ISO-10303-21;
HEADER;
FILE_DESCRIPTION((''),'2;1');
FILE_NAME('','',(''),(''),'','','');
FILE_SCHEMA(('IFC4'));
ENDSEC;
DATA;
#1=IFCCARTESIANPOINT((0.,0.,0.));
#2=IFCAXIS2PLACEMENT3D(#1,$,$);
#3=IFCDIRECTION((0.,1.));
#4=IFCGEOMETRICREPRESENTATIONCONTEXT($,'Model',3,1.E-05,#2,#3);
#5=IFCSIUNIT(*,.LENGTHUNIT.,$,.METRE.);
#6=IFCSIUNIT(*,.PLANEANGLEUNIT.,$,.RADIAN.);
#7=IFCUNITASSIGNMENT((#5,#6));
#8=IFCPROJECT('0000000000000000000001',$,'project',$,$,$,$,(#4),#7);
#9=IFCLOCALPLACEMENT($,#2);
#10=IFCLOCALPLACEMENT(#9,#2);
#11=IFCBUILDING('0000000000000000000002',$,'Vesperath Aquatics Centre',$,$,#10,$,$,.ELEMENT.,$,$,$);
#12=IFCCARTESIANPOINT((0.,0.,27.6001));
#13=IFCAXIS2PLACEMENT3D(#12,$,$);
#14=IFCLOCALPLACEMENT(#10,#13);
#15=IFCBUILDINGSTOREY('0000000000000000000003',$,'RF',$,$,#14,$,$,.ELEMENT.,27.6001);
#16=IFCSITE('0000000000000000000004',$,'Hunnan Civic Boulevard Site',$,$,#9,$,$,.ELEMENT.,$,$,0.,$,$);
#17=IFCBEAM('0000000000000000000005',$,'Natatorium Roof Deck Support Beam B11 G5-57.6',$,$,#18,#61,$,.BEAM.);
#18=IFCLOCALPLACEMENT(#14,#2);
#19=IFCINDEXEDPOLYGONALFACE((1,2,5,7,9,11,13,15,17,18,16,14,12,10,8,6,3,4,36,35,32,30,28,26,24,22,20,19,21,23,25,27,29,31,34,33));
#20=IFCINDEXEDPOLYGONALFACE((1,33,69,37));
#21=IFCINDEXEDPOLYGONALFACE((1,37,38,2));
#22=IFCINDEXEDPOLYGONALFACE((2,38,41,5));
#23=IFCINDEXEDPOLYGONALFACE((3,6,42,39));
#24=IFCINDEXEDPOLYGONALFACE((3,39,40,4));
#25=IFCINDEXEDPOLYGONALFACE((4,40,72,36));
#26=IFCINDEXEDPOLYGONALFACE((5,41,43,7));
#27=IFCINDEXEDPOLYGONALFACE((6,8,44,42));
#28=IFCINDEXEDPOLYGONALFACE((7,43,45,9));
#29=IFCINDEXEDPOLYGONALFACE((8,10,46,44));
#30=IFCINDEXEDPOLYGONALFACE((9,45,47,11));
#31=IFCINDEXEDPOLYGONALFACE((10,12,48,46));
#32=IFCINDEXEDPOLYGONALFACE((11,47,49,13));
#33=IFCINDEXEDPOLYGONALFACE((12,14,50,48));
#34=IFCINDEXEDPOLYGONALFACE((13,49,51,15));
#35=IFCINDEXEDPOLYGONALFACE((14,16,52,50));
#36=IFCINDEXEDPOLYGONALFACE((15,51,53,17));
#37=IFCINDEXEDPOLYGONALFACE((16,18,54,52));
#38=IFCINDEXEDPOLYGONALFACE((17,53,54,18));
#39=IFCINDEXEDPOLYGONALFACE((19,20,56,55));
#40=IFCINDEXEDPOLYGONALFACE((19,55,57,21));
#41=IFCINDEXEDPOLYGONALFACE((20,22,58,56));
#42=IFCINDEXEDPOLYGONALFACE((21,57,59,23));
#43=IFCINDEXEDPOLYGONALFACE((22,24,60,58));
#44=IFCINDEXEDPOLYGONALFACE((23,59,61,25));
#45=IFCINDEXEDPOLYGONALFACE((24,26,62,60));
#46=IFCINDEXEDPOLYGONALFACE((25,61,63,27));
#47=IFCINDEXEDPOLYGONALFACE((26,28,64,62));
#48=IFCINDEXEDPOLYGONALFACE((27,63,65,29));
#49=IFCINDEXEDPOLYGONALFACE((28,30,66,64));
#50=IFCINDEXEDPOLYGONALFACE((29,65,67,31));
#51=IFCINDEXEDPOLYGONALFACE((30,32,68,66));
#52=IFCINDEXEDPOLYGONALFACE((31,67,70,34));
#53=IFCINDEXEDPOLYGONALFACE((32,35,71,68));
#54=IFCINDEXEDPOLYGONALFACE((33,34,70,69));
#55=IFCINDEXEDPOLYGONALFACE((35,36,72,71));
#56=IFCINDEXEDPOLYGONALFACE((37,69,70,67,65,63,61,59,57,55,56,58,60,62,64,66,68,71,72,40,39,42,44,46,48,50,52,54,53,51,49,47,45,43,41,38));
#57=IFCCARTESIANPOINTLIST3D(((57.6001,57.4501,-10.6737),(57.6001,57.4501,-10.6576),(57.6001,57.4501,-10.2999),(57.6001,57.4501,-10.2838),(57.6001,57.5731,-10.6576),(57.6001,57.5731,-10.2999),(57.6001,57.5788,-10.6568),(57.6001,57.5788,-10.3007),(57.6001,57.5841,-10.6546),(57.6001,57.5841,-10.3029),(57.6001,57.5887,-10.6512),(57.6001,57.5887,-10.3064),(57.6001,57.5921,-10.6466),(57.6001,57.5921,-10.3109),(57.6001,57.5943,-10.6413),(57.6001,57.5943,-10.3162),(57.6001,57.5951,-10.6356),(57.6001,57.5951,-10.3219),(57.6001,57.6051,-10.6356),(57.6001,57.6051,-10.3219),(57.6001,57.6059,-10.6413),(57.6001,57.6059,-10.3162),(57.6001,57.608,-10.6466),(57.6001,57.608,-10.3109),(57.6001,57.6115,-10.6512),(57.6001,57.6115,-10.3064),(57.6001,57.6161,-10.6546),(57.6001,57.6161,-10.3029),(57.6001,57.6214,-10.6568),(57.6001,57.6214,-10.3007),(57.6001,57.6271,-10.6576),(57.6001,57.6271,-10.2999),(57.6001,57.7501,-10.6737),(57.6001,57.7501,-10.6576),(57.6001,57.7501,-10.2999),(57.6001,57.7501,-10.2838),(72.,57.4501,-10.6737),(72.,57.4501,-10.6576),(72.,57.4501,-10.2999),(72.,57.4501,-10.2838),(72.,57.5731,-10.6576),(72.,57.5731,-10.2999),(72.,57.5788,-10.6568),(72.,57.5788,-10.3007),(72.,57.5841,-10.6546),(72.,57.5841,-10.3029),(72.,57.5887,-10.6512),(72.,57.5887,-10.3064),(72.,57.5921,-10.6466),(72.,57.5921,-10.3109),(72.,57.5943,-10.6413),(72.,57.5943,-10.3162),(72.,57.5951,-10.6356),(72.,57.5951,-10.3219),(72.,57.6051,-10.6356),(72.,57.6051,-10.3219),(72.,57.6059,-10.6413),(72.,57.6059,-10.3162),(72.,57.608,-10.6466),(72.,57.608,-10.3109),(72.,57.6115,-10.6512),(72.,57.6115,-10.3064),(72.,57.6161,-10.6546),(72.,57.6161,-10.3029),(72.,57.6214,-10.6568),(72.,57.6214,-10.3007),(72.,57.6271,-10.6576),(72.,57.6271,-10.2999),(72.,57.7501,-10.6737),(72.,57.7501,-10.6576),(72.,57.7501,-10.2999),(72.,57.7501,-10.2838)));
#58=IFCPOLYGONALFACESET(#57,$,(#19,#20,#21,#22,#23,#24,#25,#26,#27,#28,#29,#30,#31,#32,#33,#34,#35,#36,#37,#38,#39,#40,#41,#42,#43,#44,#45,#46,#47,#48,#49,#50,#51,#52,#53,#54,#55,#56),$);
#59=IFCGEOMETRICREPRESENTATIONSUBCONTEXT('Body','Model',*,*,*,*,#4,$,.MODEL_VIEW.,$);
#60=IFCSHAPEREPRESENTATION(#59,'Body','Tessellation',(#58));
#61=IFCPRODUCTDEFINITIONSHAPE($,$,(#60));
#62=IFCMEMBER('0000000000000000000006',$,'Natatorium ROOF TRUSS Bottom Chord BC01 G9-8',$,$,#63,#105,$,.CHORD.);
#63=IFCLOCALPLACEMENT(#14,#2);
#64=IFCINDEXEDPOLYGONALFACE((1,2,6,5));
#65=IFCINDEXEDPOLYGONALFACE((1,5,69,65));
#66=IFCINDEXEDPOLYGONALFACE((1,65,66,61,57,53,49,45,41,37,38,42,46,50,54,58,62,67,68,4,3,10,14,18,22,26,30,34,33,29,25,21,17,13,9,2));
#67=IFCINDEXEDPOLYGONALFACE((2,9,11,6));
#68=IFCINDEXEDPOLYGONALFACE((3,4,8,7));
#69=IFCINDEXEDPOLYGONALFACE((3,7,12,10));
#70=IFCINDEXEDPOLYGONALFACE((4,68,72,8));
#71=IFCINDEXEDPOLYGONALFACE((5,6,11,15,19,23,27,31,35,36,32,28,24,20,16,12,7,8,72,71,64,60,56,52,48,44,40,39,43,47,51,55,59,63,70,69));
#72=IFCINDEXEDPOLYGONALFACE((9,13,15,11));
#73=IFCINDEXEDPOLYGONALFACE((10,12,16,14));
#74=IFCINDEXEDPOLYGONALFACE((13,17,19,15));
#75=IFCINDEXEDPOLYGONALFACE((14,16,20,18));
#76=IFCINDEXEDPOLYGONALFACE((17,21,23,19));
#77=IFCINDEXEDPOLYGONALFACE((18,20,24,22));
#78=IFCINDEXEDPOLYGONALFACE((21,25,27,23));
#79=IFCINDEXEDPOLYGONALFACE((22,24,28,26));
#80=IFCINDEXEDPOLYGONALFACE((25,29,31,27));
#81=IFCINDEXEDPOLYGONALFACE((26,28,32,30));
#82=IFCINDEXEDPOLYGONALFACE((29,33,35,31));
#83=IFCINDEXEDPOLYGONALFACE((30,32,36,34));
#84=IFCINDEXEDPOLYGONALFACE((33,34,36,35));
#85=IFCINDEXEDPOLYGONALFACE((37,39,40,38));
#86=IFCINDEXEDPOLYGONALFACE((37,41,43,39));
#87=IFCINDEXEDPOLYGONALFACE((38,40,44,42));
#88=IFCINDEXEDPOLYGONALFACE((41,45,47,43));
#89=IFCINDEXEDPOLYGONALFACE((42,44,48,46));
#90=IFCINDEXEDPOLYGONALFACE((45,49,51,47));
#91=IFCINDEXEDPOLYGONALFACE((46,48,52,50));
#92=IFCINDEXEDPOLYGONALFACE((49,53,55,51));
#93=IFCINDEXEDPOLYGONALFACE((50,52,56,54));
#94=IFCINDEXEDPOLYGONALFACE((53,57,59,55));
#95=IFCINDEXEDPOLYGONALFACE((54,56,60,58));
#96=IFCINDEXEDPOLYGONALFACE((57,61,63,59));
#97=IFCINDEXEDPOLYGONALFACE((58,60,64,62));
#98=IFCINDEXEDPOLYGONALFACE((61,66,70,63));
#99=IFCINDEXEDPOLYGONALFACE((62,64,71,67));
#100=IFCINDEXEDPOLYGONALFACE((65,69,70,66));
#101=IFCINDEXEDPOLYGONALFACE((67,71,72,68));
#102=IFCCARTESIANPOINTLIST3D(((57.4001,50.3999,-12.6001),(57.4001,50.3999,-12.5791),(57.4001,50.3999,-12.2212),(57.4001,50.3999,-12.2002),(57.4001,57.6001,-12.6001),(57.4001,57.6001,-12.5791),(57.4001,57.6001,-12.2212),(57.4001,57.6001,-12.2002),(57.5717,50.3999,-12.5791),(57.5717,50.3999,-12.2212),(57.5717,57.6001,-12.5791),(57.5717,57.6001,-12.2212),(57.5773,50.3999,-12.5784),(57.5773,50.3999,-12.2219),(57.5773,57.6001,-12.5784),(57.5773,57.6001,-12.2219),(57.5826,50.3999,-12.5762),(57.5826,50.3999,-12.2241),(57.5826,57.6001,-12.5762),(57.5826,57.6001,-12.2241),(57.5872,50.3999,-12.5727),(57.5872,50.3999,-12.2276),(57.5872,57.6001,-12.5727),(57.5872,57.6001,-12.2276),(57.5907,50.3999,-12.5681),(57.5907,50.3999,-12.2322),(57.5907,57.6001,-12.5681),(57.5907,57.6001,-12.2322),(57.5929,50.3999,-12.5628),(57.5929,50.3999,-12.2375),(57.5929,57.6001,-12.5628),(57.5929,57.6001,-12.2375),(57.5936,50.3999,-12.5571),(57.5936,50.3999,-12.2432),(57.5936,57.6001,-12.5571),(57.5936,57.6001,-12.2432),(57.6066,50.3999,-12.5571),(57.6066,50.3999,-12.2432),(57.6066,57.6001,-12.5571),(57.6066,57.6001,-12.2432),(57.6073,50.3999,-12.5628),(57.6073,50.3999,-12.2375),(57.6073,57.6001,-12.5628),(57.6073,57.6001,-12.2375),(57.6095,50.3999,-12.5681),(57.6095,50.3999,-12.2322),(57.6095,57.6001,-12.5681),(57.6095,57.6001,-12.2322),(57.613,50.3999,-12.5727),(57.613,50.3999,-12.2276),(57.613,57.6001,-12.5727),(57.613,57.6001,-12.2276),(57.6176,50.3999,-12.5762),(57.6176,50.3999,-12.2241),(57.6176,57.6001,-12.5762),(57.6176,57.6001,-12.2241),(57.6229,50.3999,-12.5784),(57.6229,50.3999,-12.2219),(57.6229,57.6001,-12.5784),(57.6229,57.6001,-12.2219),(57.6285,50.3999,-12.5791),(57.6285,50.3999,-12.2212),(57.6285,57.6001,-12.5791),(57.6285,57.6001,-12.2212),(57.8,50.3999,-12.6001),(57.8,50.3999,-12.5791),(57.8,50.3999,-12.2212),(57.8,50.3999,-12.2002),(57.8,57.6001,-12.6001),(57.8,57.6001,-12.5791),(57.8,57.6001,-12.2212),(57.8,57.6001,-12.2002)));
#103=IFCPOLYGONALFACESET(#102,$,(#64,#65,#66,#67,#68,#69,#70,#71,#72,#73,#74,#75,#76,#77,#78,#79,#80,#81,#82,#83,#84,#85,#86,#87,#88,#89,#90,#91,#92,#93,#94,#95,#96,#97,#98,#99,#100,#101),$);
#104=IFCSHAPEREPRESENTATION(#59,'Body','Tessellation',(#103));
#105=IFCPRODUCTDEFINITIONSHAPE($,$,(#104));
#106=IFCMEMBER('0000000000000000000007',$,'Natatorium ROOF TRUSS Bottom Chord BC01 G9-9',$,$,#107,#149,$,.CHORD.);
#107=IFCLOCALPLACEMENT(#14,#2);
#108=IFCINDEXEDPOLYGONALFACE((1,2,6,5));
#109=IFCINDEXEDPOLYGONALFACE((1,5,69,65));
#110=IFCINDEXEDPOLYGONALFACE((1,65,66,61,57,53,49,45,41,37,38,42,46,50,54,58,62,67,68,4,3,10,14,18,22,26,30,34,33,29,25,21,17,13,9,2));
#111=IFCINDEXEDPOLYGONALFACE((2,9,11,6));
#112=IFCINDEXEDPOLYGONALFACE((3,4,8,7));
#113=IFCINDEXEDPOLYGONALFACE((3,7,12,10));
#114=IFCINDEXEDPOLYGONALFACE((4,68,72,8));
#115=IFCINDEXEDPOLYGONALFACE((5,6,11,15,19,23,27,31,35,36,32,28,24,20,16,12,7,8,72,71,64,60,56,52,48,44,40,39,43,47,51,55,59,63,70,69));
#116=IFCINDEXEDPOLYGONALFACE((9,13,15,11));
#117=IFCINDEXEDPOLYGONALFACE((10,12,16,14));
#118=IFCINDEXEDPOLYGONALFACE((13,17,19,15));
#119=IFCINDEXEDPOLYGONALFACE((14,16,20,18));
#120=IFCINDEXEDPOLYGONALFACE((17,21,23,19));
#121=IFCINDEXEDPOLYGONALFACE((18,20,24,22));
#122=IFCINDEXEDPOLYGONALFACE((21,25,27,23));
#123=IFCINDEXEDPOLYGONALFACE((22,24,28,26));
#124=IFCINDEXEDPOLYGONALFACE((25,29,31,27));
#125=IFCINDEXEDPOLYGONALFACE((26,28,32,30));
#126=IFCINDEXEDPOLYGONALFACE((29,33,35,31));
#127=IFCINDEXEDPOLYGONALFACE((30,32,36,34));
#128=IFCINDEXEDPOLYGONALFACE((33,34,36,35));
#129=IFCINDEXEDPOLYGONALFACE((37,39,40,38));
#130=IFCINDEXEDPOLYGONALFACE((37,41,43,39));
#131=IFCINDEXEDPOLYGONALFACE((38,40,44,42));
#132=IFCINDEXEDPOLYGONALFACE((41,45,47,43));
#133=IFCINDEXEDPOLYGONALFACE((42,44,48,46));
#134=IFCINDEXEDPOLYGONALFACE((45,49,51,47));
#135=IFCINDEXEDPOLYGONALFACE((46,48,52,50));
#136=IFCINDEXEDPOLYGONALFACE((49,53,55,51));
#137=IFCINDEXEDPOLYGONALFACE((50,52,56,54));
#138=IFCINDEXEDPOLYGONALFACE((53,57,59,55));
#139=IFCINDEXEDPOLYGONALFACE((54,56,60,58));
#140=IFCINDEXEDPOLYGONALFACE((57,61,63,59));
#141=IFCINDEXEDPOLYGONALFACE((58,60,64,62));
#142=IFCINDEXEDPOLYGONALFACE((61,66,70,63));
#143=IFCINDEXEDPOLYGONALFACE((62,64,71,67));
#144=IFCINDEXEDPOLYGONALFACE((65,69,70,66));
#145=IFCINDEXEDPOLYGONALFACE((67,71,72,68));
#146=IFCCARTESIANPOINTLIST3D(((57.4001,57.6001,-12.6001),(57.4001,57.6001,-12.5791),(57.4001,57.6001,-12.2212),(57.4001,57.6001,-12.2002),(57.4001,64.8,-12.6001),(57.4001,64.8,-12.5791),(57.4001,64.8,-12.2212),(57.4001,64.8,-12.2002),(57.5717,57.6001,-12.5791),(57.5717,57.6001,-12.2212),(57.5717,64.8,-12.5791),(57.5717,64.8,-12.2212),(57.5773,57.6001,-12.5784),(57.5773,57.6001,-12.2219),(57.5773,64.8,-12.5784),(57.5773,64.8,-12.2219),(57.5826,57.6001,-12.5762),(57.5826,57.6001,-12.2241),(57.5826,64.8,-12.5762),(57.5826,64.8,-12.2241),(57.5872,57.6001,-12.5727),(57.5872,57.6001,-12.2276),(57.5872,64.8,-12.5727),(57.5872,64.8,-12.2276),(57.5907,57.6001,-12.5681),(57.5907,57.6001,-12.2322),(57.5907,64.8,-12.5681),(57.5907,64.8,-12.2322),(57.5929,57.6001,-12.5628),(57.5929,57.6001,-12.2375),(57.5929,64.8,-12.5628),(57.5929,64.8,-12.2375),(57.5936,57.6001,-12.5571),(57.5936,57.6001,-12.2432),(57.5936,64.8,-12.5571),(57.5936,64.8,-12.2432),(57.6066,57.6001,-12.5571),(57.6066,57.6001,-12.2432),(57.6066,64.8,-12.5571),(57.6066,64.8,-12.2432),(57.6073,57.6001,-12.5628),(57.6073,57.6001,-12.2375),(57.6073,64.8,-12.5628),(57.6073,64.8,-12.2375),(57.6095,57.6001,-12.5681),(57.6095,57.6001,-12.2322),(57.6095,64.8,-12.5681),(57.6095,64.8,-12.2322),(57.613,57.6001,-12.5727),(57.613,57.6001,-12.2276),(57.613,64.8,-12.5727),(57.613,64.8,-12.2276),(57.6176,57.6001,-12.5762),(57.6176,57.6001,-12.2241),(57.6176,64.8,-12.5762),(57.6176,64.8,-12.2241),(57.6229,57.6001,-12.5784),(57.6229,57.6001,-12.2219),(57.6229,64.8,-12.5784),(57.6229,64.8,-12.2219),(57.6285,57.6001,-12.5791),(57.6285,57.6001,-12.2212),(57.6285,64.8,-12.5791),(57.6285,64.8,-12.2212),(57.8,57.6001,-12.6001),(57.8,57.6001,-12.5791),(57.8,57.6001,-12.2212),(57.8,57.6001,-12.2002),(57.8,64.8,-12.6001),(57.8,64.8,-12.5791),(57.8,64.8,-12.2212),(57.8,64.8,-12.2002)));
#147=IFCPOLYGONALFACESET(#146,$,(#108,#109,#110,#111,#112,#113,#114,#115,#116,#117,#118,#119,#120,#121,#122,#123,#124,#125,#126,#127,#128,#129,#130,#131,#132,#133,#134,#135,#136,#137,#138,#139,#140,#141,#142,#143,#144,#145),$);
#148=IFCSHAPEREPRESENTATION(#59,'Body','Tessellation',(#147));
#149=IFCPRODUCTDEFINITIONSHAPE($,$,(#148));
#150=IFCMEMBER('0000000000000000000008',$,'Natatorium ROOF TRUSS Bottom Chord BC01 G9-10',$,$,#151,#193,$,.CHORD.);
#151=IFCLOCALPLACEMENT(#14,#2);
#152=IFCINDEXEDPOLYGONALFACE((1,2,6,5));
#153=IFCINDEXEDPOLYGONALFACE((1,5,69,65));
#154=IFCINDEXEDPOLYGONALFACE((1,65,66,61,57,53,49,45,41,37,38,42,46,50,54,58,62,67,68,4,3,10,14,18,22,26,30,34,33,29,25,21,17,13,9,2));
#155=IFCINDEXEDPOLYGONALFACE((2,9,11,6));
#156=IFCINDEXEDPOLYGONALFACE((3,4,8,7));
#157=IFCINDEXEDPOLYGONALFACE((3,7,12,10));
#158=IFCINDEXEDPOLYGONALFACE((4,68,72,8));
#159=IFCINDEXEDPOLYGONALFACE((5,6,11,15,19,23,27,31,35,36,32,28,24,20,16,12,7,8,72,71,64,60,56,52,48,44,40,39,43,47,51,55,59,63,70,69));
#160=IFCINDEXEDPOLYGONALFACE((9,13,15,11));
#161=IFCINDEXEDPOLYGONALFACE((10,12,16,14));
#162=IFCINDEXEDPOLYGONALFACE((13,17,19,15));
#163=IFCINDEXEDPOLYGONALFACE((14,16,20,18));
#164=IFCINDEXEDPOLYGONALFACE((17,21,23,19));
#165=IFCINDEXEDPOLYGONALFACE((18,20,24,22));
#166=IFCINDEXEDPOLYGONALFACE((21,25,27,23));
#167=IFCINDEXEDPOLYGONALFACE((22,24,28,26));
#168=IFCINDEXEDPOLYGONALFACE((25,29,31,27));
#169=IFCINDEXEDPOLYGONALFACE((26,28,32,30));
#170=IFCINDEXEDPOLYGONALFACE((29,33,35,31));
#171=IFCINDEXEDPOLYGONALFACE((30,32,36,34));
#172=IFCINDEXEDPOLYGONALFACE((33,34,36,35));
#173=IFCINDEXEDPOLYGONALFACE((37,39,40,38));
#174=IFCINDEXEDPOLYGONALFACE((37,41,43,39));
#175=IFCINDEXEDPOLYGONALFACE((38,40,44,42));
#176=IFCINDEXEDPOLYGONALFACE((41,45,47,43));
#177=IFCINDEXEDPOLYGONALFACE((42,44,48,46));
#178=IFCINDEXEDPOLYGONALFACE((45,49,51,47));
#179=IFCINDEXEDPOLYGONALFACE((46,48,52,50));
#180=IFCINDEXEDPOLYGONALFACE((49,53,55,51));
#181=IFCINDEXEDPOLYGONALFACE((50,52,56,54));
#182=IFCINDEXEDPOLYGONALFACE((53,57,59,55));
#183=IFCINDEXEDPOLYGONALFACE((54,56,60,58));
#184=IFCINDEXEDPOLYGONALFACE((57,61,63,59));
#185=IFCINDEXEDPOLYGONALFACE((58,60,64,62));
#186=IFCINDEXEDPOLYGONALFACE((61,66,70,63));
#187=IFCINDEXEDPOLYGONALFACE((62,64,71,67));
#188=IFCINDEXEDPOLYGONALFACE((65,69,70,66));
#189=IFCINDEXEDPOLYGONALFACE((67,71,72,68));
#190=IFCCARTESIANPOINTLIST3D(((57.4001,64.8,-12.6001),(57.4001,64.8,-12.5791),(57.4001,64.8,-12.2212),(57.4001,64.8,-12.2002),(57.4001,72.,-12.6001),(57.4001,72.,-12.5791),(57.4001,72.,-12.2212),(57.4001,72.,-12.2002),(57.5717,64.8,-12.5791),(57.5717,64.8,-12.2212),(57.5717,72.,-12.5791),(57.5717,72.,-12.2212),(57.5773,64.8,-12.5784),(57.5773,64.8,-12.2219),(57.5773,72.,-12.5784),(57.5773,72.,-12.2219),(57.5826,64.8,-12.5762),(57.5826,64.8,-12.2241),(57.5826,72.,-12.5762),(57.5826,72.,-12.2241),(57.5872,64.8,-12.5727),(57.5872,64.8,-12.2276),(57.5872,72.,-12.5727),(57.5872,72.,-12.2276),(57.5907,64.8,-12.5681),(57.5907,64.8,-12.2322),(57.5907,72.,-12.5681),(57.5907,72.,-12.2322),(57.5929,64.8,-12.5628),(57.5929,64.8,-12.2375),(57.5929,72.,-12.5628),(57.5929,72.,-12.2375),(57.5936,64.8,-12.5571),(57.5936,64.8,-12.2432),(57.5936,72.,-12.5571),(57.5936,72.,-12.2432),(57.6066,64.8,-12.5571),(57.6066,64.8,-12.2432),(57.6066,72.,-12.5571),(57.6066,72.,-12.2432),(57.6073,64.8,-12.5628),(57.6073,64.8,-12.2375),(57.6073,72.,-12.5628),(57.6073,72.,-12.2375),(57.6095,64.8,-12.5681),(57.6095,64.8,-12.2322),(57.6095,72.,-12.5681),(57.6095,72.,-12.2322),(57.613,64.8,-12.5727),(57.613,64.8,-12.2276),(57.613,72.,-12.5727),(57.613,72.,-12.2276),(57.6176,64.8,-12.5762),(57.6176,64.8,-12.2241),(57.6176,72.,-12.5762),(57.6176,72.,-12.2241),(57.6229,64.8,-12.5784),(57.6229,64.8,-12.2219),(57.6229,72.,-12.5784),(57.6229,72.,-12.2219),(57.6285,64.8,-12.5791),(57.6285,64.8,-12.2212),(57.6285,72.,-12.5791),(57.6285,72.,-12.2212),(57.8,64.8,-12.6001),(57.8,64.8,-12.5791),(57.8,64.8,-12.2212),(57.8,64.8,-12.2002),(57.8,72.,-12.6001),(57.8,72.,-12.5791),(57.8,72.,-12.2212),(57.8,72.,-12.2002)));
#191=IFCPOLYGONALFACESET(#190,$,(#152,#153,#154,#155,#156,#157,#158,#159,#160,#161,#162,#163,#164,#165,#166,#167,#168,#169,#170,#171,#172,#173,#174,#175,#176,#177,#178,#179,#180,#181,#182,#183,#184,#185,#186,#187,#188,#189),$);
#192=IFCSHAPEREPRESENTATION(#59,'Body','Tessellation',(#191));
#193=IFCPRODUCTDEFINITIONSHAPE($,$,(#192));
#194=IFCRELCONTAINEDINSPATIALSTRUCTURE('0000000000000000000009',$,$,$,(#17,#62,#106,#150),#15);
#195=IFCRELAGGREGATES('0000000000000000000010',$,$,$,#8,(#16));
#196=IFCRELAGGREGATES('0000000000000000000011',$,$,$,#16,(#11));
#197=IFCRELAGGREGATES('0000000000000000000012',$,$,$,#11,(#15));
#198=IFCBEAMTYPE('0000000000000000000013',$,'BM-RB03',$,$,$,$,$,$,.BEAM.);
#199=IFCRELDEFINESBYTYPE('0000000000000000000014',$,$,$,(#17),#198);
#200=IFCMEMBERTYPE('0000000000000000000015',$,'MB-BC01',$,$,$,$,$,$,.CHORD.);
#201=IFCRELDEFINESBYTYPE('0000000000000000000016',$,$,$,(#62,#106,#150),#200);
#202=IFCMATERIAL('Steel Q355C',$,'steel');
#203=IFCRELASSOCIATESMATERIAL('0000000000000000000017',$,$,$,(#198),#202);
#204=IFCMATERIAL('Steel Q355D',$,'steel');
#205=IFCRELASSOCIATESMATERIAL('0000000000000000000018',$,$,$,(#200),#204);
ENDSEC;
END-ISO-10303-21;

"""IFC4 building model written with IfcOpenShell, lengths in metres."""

from ifc_helpers import new_model, si_unit, direction, frame, origin, origin_2d, place, context, subcontext, project, spatial, i_section, extrude, material, material_profile, profile_set, type_object, element, save


model = new_model("IFC4")

# Units and contexts
model_context = context("Model", 3, precision=1e-05, world=origin(), true_north=direction((0.0, 1.0)))
body_context = subcontext(model_context, "Body", "Model", "MODEL_VIEW")
ifc_project = project(units=[si_unit("LENGTHUNIT", "METRE"), si_unit("PLANEANGLEUNIT", "RADIAN")], contexts=[model_context])

# Site, building, storey
site_placement = place(None, origin())
site = spatial("IfcSite", under=ifc_project, at=site_placement, Name="Hunnan Civic Boulevard Site", CompositionType="ELEMENT", RefElevation=0.0)
building_placement = place(site_placement, origin())
building = spatial("IfcBuilding", under=site, at=building_placement, Name="Vesperath Aquatics Centre", CompositionType="ELEMENT")
storey_placement = place(building_placement, frame((0.0, 0.0, 27.6001)))
storey = spatial("IfcBuildingStorey", under=building, at=storey_placement, Name="RF", CompositionType="ELEMENT", Elevation=27.6001)

# Beam
ifc_material_1 = material(Name="Steel Q355C", Category="steel")
ifc_material_profile_1 = material_profile(ifc_material_1, i_section(OverallWidth=0.3, OverallDepth=0.3899, WebThickness=0.01, FlangeThickness=0.0161, FilletRadius=0.022, at=origin_2d()), Name="HM 390x300x10x16")
ifc_profile_set_1 = profile_set([ifc_material_profile_1], Name="Steel Q355C")
beam_type = type_object("IfcBeamType", Name="BM-RB03", PredefinedType="BEAM", material=ifc_profile_set_1)
beam_placement = place(storey_placement, frame((57.6001, 57.6001, -10.4788), z_axis=(1.0, 0.0, 0.0), x_axis=(0.0, 1.0, 0.0)))
element("IfcBeam", 1, at=beam_placement, inside=storey, type_object=beam_type, Name="Natatorium Roof Deck Support Beam B11 G5-57.6", PredefinedType="BEAM", context=body_context, shape_type="SweptSolid", body=[
    extrude(i_section(OverallWidth=0.3, OverallDepth=0.3899, WebThickness=0.01, FlangeThickness=0.0161, FilletRadius=0.022, at=origin_2d()), origin(), (0.0, 0.0, 1.0), 14.3999),
])

# Members
ifc_material_2 = material(Name="Steel Q355D", Category="steel")
ifc_material_profile_2 = material_profile(ifc_material_2, i_section(OverallWidth=0.3999, OverallDepth=0.3999, WebThickness=0.0129, FlangeThickness=0.021, FilletRadius=0.022, at=origin_2d()), Name="HW 400x400x13x21")
ifc_profile_set_2 = profile_set([ifc_material_profile_2], Name="Steel Q355D")
member_type_1 = type_object("IfcMemberType", Name="MB-BC01", PredefinedType="CHORD", material=ifc_profile_set_2)
member_1_placement = place(storey_placement, frame((57.6001, 50.3999, -12.4001), z_axis=(0.0, 1.0, 0.0), x_axis=(-1.0, 0.0, 0.0)))
element("IfcMember", 2, at=member_1_placement, inside=storey, type_object=member_type_1, Name="Natatorium ROOF TRUSS Bottom Chord BC01 G9-8", PredefinedType="CHORD", context=body_context, shape_type="SweptSolid", body=[
    extrude(i_section(OverallWidth=0.3999, OverallDepth=0.3999, WebThickness=0.0129, FlangeThickness=0.021, FilletRadius=0.022, at=origin_2d()), origin(), (0.0, 0.0, 1.0), 7.2002),
])
for number, where, z_axis, x_axis, name in (
    (3, (57.6001, 57.6001, -12.4001), (0.0, 1.0, 0.0), (-1.0, 0.0, 0.0), "Natatorium ROOF TRUSS Bottom Chord BC01 G9-9"),
    (4, (57.6001, 64.8, -12.4001), (0.0, 1.0, 0.0), (-1.0, 0.0, 0.0), "Natatorium ROOF TRUSS Bottom Chord BC01 G9-10"),
):
    element("IfcMember", number, at=place(storey_placement, frame(where, z_axis=z_axis, x_axis=x_axis)), inside=storey, type_object=member_type_1, Name=name, PredefinedType="CHORD", context=body_context, shape_type="SweptSolid", body=[
        extrude(i_section(OverallWidth=0.3999, OverallDepth=0.3999, WebThickness=0.0129, FlangeThickness=0.021, FilletRadius=0.022, at=origin_2d()), origin(), (0.0, 0.0, 1.0), 7.2),
    ])

save(model, "model.ifc")
